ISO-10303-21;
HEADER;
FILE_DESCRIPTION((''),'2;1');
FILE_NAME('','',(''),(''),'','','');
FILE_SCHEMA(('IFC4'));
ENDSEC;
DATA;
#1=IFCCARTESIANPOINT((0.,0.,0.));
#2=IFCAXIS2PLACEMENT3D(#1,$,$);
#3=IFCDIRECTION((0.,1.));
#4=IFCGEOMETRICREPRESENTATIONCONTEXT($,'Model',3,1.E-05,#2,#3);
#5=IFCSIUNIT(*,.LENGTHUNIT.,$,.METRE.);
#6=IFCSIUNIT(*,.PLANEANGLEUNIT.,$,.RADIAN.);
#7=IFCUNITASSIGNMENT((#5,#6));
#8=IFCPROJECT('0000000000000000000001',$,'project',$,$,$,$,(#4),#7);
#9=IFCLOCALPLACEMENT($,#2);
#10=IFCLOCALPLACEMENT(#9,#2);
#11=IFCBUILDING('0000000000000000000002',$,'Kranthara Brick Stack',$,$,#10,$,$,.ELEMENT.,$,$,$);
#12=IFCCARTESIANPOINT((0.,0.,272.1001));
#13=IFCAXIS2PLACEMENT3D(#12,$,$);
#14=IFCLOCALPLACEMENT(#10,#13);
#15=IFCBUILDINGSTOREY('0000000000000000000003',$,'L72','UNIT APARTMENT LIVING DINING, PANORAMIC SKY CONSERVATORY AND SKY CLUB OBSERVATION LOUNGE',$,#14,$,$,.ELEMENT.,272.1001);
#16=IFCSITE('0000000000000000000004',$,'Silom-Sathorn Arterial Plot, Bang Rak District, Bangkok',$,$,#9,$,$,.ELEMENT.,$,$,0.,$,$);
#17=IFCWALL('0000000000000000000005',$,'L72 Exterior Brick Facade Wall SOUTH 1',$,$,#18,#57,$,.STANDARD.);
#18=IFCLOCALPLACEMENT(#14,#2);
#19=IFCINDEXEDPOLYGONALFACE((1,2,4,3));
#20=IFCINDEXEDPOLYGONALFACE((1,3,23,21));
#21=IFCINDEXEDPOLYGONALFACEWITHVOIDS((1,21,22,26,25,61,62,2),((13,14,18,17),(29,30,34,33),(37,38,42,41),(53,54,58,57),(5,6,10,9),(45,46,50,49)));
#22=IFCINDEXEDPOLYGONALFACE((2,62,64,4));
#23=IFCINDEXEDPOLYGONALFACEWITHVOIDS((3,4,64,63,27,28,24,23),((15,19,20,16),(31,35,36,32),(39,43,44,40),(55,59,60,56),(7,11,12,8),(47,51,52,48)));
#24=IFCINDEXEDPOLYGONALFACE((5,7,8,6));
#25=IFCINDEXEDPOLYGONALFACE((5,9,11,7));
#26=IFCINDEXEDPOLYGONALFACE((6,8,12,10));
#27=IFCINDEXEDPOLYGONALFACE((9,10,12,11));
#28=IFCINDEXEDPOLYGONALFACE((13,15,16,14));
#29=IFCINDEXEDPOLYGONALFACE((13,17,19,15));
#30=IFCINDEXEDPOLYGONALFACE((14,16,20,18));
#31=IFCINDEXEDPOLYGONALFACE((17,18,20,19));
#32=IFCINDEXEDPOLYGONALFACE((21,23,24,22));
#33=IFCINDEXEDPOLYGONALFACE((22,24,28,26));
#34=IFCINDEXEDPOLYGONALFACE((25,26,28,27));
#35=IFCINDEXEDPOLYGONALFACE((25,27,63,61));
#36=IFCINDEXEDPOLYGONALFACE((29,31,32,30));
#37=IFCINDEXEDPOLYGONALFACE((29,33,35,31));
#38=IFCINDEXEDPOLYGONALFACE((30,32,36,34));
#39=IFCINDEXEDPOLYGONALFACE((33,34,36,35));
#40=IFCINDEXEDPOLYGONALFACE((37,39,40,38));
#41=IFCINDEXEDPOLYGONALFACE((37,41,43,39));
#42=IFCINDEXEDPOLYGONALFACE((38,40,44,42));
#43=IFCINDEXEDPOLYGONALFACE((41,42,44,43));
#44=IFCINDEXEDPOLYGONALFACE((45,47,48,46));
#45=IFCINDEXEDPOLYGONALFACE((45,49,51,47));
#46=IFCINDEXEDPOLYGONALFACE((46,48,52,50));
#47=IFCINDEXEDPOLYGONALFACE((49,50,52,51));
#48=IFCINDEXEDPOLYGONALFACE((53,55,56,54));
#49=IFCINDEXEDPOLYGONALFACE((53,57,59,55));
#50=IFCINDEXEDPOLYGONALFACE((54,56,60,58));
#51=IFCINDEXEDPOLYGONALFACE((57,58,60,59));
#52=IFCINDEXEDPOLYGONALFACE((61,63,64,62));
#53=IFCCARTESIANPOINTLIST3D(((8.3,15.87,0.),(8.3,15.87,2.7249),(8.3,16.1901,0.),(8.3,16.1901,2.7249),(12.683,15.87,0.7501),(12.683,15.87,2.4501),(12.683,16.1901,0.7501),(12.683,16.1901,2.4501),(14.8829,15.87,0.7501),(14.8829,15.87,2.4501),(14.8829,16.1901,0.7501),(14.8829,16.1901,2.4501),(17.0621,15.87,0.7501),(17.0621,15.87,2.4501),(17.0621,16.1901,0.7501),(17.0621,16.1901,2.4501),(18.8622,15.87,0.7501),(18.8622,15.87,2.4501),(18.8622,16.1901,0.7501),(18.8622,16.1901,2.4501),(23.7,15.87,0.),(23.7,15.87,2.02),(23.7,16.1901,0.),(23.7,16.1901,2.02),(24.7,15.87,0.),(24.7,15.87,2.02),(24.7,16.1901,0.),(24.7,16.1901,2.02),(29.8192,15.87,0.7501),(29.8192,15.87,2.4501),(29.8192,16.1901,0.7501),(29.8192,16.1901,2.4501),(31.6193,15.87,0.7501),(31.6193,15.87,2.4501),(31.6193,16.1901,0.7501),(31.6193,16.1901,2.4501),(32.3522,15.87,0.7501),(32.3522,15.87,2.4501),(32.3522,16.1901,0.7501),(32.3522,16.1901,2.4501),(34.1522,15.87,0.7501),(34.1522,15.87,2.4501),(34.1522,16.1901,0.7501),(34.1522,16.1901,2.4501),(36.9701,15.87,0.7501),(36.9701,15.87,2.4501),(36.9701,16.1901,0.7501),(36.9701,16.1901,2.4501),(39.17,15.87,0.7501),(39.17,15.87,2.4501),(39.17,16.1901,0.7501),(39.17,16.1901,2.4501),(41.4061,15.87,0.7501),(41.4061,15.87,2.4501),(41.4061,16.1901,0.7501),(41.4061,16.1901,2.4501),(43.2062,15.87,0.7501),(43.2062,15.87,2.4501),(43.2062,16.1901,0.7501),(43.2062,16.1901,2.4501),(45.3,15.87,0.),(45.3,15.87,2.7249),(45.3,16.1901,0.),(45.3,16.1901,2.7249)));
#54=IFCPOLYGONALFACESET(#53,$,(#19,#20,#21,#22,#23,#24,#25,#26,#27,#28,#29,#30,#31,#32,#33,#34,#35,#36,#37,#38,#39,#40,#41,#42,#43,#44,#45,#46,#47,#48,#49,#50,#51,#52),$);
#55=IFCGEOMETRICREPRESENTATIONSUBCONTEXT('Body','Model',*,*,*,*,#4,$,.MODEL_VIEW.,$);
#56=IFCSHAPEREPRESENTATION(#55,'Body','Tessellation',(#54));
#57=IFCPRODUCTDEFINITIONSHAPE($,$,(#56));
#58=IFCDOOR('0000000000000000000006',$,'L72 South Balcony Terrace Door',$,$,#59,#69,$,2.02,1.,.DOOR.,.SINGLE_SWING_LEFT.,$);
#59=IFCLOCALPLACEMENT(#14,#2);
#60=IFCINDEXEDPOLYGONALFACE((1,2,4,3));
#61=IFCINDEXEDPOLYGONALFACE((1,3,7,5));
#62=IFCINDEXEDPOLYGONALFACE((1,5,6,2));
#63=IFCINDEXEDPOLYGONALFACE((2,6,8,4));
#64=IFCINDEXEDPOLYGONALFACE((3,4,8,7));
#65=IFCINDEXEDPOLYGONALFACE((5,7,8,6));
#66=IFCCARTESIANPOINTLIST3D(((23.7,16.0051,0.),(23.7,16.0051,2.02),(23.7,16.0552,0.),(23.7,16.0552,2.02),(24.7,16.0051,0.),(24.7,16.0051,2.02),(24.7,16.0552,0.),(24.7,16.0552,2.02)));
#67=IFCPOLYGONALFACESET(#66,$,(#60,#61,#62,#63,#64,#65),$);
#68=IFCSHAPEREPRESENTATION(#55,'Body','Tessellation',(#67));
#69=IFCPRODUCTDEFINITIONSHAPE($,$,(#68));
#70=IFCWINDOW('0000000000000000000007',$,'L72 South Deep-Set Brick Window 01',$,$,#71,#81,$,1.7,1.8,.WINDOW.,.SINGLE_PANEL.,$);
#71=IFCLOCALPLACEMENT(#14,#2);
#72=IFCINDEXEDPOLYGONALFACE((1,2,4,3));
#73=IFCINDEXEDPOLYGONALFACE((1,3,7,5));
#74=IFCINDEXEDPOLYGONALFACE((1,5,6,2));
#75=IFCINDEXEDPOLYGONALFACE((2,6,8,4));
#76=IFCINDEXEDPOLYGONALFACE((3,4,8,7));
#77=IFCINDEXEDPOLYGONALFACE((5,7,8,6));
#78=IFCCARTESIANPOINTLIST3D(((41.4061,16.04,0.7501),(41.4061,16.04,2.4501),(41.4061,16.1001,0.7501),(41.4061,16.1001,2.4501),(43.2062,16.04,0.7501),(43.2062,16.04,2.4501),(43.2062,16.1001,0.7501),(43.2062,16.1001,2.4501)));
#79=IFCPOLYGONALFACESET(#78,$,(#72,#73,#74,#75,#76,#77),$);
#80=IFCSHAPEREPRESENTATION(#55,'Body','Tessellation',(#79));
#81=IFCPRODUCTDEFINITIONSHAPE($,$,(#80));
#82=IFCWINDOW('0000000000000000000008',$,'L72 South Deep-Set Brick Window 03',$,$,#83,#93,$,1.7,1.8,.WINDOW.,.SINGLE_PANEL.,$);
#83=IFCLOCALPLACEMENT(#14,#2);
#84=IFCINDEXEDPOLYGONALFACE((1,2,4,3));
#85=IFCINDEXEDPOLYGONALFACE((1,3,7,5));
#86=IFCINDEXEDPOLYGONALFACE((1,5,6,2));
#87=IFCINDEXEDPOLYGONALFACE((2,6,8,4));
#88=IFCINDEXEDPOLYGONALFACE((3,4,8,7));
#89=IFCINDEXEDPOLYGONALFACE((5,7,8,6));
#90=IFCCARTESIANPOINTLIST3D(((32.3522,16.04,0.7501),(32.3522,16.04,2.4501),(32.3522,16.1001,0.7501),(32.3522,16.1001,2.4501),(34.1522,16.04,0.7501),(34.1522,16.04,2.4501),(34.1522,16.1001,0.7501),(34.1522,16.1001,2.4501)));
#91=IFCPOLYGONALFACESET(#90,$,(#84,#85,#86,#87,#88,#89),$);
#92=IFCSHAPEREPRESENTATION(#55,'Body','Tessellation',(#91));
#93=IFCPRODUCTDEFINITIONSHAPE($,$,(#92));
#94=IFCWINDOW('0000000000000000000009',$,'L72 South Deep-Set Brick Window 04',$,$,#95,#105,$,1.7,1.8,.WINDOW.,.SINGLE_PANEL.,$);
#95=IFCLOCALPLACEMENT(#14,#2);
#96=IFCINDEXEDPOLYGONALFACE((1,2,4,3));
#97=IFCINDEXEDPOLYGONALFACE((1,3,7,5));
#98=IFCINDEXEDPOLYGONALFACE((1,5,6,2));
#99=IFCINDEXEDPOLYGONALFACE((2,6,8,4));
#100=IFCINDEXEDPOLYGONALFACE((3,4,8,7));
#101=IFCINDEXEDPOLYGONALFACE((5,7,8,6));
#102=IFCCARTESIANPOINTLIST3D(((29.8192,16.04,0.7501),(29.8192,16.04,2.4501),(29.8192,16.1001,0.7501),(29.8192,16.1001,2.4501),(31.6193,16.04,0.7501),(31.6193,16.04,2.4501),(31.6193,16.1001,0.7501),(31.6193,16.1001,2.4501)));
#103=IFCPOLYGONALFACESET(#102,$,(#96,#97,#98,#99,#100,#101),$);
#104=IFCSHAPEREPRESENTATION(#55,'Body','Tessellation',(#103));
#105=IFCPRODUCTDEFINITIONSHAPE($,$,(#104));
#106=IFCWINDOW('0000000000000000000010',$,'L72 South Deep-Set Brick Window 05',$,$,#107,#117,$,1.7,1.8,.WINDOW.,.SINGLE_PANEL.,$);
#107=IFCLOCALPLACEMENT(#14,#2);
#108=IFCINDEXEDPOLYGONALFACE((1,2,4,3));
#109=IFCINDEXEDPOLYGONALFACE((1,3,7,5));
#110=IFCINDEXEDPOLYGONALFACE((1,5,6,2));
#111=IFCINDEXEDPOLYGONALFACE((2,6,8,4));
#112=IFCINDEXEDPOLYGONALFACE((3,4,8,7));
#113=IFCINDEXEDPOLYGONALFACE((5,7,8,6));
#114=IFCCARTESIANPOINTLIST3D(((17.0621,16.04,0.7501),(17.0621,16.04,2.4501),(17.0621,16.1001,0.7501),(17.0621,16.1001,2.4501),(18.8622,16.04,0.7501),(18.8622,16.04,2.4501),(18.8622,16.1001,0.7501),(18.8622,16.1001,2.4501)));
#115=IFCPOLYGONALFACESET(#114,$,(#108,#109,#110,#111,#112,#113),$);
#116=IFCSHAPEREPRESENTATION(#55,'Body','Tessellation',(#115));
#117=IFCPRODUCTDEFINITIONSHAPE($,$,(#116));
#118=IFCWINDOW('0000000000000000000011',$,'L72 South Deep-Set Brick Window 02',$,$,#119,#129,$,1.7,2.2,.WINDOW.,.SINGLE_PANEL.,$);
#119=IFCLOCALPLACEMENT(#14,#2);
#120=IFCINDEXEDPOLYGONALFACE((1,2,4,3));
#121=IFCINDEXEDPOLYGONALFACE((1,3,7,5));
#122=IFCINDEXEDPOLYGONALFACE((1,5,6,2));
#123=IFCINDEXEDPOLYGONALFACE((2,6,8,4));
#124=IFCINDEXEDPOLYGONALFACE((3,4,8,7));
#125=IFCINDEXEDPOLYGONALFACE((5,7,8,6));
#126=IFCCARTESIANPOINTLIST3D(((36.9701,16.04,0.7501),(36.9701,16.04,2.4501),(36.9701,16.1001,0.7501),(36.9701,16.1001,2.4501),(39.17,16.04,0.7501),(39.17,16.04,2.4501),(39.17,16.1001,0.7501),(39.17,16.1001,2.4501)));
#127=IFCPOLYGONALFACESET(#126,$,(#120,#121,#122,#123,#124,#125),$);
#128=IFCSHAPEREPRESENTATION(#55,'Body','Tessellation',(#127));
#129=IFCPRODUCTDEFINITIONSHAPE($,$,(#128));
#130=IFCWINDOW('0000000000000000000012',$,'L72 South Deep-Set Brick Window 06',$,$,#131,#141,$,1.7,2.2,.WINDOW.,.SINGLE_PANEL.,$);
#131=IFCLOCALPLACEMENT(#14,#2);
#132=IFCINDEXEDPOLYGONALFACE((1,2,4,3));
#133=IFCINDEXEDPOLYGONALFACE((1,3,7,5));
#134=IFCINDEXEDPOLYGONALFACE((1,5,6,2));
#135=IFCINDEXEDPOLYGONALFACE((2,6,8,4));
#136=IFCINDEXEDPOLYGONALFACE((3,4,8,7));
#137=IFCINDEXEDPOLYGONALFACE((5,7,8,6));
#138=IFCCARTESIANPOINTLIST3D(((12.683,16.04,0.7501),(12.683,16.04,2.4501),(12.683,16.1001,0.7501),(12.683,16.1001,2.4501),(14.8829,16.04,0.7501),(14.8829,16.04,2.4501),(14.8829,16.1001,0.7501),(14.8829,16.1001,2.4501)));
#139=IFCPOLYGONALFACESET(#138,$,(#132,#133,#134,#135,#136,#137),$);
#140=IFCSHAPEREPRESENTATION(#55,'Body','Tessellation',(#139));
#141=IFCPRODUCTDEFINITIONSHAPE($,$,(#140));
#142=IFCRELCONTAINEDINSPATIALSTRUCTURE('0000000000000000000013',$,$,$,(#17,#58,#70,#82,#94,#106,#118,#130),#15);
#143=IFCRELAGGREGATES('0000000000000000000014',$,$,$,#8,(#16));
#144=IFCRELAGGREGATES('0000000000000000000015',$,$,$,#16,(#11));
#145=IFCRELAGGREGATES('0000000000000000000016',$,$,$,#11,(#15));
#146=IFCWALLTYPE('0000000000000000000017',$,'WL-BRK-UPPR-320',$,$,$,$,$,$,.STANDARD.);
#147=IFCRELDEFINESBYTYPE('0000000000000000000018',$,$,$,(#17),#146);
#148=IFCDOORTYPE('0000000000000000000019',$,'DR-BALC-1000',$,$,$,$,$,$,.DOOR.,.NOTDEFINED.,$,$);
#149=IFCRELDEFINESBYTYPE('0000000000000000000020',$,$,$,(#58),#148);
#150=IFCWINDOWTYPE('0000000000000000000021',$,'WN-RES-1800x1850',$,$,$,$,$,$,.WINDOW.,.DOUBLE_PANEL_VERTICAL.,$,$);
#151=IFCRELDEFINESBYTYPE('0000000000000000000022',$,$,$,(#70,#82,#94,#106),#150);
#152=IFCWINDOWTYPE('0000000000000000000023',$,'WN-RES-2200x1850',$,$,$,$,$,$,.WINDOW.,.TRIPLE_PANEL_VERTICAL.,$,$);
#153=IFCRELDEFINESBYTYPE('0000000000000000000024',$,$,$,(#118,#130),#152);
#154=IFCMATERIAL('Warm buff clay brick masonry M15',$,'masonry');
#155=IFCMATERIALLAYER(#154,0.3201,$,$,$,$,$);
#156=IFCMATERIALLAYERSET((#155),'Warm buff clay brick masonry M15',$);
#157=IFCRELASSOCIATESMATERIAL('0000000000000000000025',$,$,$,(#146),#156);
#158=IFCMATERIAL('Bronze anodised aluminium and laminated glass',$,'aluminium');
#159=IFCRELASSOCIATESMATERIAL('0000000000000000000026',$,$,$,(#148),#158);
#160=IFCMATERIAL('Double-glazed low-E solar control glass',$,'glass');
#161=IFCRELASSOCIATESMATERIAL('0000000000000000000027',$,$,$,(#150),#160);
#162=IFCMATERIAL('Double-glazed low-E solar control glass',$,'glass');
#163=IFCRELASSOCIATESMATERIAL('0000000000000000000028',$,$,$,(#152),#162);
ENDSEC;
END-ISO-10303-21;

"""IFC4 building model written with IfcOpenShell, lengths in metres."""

from ifc_helpers import new_model, si_unit, direction, frame, frame_2d, origin, place, context, subcontext, project, spatial, rectangle, extrude, material, layer, layer_set, type_object, element, fill, save


model = new_model("IFC4")

# Units and contexts
model_context = context("Model", 3, precision=1e-05, world=origin(), true_north=direction((0.0, 1.0)))
body_context = subcontext(model_context, "Body", "Model", "MODEL_VIEW")
ifc_project = project(units=[si_unit("LENGTHUNIT", "METRE"), si_unit("PLANEANGLEUNIT", "RADIAN")], contexts=[model_context])

# Site, building, storey
site_placement = place(None, origin())
site = spatial("IfcSite", under=ifc_project, at=site_placement, Name="Silom-Sathorn Arterial Plot, Bang Rak District, Bangkok", CompositionType="ELEMENT", RefElevation=0.0)
building_placement = place(site_placement, origin())
building = spatial("IfcBuilding", under=site, at=building_placement, Name="Kranthara Brick Stack", CompositionType="ELEMENT")
storey_placement = place(building_placement, frame((0.0, 0.0, 272.1001)))
storey = spatial("IfcBuildingStorey", under=building, at=storey_placement, Name="L72", Description="UNIT APARTMENT LIVING DINING, PANORAMIC SKY CONSERVATORY AND SKY CLUB OBSERVATION LOUNGE", CompositionType="ELEMENT", Elevation=272.1001)

# Wall, openings, door, windows
ifc_material_1 = material(Name="Warm buff clay brick masonry M15", Category="masonry")
ifc_layer_1 = layer(ifc_material_1, 0.3201)
ifc_layer_set_1 = layer_set([ifc_layer_1], Name="Warm buff clay brick masonry M15")
wall_type_1 = type_object("IfcWallType", Name="WL-BRK-UPPR-320", PredefinedType="STANDARD", material=ifc_layer_set_1)
wall_1_placement = place(storey_placement, frame((45.3, 16.03, 0.0), z_axis=(0.0, 0.0, 1.0), x_axis=(-1.0, 0.0, 0.0)))
wall_1 = element("IfcWall", 1, at=wall_1_placement, inside=storey, type_object=wall_type_1, Name="L72 Exterior Brick Facade Wall SOUTH 1", PredefinedType="STANDARD", context=body_context, shape_type="SweptSolid", body=[
    extrude(rectangle(XDim=37.0, YDim=0.3201, at=frame_2d((18.5, 0.0))), origin(), (0.0, 0.0, 1.0), 2.7249),
])
opening_1_placement = place(wall_1_placement, frame((20.6001, 0.0, 0.0)))
opening_1 = element("IfcOpeningElement", 2, at=opening_1_placement, cuts=wall_1, PredefinedType="OPENING", context=body_context, shape_type="SweptSolid", body=[
    extrude(rectangle(XDim=1.0, YDim=2.02, at=frame_2d((0.5, 1.01))), frame((0.0, 0.1699, 0.0), z_axis=(0.0, -1.0, 0.0), x_axis=(1.0, 0.0, 0.0)), (0.0, 0.0, 1.0), 0.3401),
])
opening_2_placement = place(wall_1_placement, frame((2.094, 0.0, 0.75)))
opening_2 = element("IfcOpeningElement", 3, at=opening_2_placement, cuts=wall_1, PredefinedType="OPENING", context=body_context, shape_type="SweptSolid", body=[
    extrude(rectangle(XDim=1.8, YDim=1.7, at=frame_2d((0.8999, 0.8501))), frame((0.0, 0.1699, 0.0), z_axis=(0.0, -1.0, 0.0), x_axis=(1.0, 0.0, 0.0)), (0.0, 0.0, 1.0), 0.3401),
])
opening_3_placement = place(wall_1_placement, frame((6.1299, 0.0, 0.75)))
opening_3 = element("IfcOpeningElement", 4, at=opening_3_placement, cuts=wall_1, PredefinedType="OPENING", context=body_context, shape_type="SweptSolid", body=[
    extrude(rectangle(XDim=2.2, YDim=1.7, at=frame_2d((1.1001, 0.8501))), frame((0.0, 0.1699, 0.0), z_axis=(0.0, -1.0, 0.0), x_axis=(1.0, 0.0, 0.0)), (0.0, 0.0, 1.0), 0.3401),
])
opening_4_placement = place(wall_1_placement, frame((11.1479, 0.0, 0.75)))
opening_4 = element("IfcOpeningElement", 5, at=opening_4_placement, cuts=wall_1, PredefinedType="OPENING", context=body_context, shape_type="SweptSolid", body=[
    extrude(rectangle(XDim=1.8, YDim=1.7, at=frame_2d((0.8999, 0.8501))), frame((0.0, 0.1699, 0.0), z_axis=(0.0, -1.0, 0.0), x_axis=(1.0, 0.0, 0.0)), (0.0, 0.0, 1.0), 0.3401),
])
opening_5_placement = place(wall_1_placement, frame((13.6809, 0.0, 0.75)))
opening_5 = element("IfcOpeningElement", 6, at=opening_5_placement, cuts=wall_1, PredefinedType="OPENING", context=body_context, shape_type="SweptSolid", body=[
    extrude(rectangle(XDim=1.8, YDim=1.7, at=frame_2d((0.8999, 0.8501))), frame((0.0, 0.1699, 0.0), z_axis=(0.0, -1.0, 0.0), x_axis=(1.0, 0.0, 0.0)), (0.0, 0.0, 1.0), 0.3401),
])
opening_6_placement = place(wall_1_placement, frame((26.438, 0.0, 0.75)))
opening_6 = element("IfcOpeningElement", 7, at=opening_6_placement, cuts=wall_1, PredefinedType="OPENING", context=body_context, shape_type="SweptSolid", body=[
    extrude(rectangle(XDim=1.8, YDim=1.7, at=frame_2d((0.8999, 0.8501))), frame((0.0, 0.1699, 0.0), z_axis=(0.0, -1.0, 0.0), x_axis=(1.0, 0.0, 0.0)), (0.0, 0.0, 1.0), 0.3401),
])
opening_7_placement = place(wall_1_placement, frame((30.417, 0.0, 0.75)))
opening_7 = element("IfcOpeningElement", 8, at=opening_7_placement, cuts=wall_1, PredefinedType="OPENING", context=body_context, shape_type="SweptSolid", body=[
    extrude(rectangle(XDim=2.2, YDim=1.7, at=frame_2d((1.1001, 0.8501))), frame((0.0, 0.1699, 0.0), z_axis=(0.0, -1.0, 0.0), x_axis=(1.0, 0.0, 0.0)), (0.0, 0.0, 1.0), 0.3401),
])
ifc_material_2 = material(Name="Bronze anodised aluminium and laminated glass", Category="aluminium")
door_type = type_object("IfcDoorType", Name="DR-BALC-1000", OperationType="NOTDEFINED", PredefinedType="DOOR", material=ifc_material_2)
door_placement = place(opening_1_placement, origin())
door = element("IfcDoor", 9, at=door_placement, inside=storey, type_object=door_type, Name="L72 South Balcony Terrace Door", OperationType="SINGLE_SWING_LEFT", OverallHeight=2.02, OverallWidth=1.0, PredefinedType="DOOR", context=body_context, shape_type="SweptSolid", body=[
    extrude(rectangle(XDim=1.0, YDim=2.02, at=frame_2d((0.5, 1.01))), frame((0.0, 0.0249, 0.0), z_axis=(0.0, -1.0, 0.0), x_axis=(1.0, 0.0, 0.0)), (0.0, 0.0, 1.0), 0.05),
])
fill(opening_1, door)
ifc_material_3 = material(Name="Double-glazed low-E solar control glass", Category="glass")
window_type_1 = type_object("IfcWindowType", Name="WN-RES-1800x1850", PartitioningType="DOUBLE_PANEL_VERTICAL", PredefinedType="WINDOW", material=ifc_material_3)
window_1_placement = place(opening_2_placement, origin())
window_1 = element("IfcWindow", 10, at=window_1_placement, inside=storey, type_object=window_type_1, Name="L72 South Deep-Set Brick Window 01", OverallHeight=1.7, OverallWidth=1.8, PartitioningType="SINGLE_PANEL", PredefinedType="WINDOW", context=body_context, shape_type="SweptSolid", body=[
    extrude(rectangle(XDim=1.8, YDim=1.7, at=frame_2d((0.8999, 0.8501))), frame((0.0, -0.01, 0.0), z_axis=(0.0, -1.0, 0.0), x_axis=(1.0, 0.0, 0.0)), (0.0, 0.0, 1.0), 0.0601),
])
fill(opening_2, window_1)
window_2_placement = place(opening_4_placement, origin())
window_2 = element("IfcWindow", 11, at=window_2_placement, inside=storey, type_object=window_type_1, Name="L72 South Deep-Set Brick Window 03", OverallHeight=1.7, OverallWidth=1.8, PartitioningType="SINGLE_PANEL", PredefinedType="WINDOW", context=body_context, shape_type="SweptSolid", body=[
    extrude(rectangle(XDim=1.8, YDim=1.7, at=frame_2d((0.8999, 0.8501))), frame((0.0, -0.01, 0.0), z_axis=(0.0, -1.0, 0.0), x_axis=(1.0, 0.0, 0.0)), (0.0, 0.0, 1.0), 0.0601),
])
fill(opening_4, window_2)
window_3_placement = place(opening_5_placement, origin())
window_3 = element("IfcWindow", 12, at=window_3_placement, inside=storey, type_object=window_type_1, Name="L72 South Deep-Set Brick Window 04", OverallHeight=1.7, OverallWidth=1.8, PartitioningType="SINGLE_PANEL", PredefinedType="WINDOW", context=body_context, shape_type="SweptSolid", body=[
    extrude(rectangle(XDim=1.8, YDim=1.7, at=frame_2d((0.8999, 0.8501))), frame((0.0, -0.01, 0.0), z_axis=(0.0, -1.0, 0.0), x_axis=(1.0, 0.0, 0.0)), (0.0, 0.0, 1.0), 0.0601),
])
fill(opening_5, window_3)
window_4_placement = place(opening_6_placement, origin())
window_4 = element("IfcWindow", 13, at=window_4_placement, inside=storey, type_object=window_type_1, Name="L72 South Deep-Set Brick Window 05", OverallHeight=1.7, OverallWidth=1.8, PartitioningType="SINGLE_PANEL", PredefinedType="WINDOW", context=body_context, shape_type="SweptSolid", body=[
    extrude(rectangle(XDim=1.8, YDim=1.7, at=frame_2d((0.8999, 0.8501))), frame((0.0, -0.01, 0.0), z_axis=(0.0, -1.0, 0.0), x_axis=(1.0, 0.0, 0.0)), (0.0, 0.0, 1.0), 0.0601),
])
fill(opening_6, window_4)
ifc_material_4 = material(Name="Double-glazed low-E solar control glass", Category="glass")
window_type_2 = type_object("IfcWindowType", Name="WN-RES-2200x1850", PartitioningType="TRIPLE_PANEL_VERTICAL", PredefinedType="WINDOW", material=ifc_material_4)
window_5_placement = place(opening_3_placement, origin())
window_5 = element("IfcWindow", 14, at=window_5_placement, inside=storey, type_object=window_type_2, Name="L72 South Deep-Set Brick Window 02", OverallHeight=1.7, OverallWidth=2.2, PartitioningType="SINGLE_PANEL", PredefinedType="WINDOW", context=body_context, shape_type="SweptSolid", body=[
    extrude(rectangle(XDim=2.2, YDim=1.7, at=frame_2d((1.1001, 0.8501))), frame((0.0, -0.01, 0.0), z_axis=(0.0, -1.0, 0.0), x_axis=(1.0, 0.0, 0.0)), (0.0, 0.0, 1.0), 0.0601),
])
fill(opening_3, window_5)
window_6_placement = place(opening_7_placement, origin())
window_6 = element("IfcWindow", 15, at=window_6_placement, inside=storey, type_object=window_type_2, Name="L72 South Deep-Set Brick Window 06", OverallHeight=1.7, OverallWidth=2.2, PartitioningType="SINGLE_PANEL", PredefinedType="WINDOW", context=body_context, shape_type="SweptSolid", body=[
    extrude(rectangle(XDim=2.2, YDim=1.7, at=frame_2d((1.1001, 0.8501))), frame((0.0, -0.01, 0.0), z_axis=(0.0, -1.0, 0.0), x_axis=(1.0, 0.0, 0.0)), (0.0, 0.0, 1.0), 0.0601),
])
fill(opening_7, window_6)

save(model, "model.ifc")
